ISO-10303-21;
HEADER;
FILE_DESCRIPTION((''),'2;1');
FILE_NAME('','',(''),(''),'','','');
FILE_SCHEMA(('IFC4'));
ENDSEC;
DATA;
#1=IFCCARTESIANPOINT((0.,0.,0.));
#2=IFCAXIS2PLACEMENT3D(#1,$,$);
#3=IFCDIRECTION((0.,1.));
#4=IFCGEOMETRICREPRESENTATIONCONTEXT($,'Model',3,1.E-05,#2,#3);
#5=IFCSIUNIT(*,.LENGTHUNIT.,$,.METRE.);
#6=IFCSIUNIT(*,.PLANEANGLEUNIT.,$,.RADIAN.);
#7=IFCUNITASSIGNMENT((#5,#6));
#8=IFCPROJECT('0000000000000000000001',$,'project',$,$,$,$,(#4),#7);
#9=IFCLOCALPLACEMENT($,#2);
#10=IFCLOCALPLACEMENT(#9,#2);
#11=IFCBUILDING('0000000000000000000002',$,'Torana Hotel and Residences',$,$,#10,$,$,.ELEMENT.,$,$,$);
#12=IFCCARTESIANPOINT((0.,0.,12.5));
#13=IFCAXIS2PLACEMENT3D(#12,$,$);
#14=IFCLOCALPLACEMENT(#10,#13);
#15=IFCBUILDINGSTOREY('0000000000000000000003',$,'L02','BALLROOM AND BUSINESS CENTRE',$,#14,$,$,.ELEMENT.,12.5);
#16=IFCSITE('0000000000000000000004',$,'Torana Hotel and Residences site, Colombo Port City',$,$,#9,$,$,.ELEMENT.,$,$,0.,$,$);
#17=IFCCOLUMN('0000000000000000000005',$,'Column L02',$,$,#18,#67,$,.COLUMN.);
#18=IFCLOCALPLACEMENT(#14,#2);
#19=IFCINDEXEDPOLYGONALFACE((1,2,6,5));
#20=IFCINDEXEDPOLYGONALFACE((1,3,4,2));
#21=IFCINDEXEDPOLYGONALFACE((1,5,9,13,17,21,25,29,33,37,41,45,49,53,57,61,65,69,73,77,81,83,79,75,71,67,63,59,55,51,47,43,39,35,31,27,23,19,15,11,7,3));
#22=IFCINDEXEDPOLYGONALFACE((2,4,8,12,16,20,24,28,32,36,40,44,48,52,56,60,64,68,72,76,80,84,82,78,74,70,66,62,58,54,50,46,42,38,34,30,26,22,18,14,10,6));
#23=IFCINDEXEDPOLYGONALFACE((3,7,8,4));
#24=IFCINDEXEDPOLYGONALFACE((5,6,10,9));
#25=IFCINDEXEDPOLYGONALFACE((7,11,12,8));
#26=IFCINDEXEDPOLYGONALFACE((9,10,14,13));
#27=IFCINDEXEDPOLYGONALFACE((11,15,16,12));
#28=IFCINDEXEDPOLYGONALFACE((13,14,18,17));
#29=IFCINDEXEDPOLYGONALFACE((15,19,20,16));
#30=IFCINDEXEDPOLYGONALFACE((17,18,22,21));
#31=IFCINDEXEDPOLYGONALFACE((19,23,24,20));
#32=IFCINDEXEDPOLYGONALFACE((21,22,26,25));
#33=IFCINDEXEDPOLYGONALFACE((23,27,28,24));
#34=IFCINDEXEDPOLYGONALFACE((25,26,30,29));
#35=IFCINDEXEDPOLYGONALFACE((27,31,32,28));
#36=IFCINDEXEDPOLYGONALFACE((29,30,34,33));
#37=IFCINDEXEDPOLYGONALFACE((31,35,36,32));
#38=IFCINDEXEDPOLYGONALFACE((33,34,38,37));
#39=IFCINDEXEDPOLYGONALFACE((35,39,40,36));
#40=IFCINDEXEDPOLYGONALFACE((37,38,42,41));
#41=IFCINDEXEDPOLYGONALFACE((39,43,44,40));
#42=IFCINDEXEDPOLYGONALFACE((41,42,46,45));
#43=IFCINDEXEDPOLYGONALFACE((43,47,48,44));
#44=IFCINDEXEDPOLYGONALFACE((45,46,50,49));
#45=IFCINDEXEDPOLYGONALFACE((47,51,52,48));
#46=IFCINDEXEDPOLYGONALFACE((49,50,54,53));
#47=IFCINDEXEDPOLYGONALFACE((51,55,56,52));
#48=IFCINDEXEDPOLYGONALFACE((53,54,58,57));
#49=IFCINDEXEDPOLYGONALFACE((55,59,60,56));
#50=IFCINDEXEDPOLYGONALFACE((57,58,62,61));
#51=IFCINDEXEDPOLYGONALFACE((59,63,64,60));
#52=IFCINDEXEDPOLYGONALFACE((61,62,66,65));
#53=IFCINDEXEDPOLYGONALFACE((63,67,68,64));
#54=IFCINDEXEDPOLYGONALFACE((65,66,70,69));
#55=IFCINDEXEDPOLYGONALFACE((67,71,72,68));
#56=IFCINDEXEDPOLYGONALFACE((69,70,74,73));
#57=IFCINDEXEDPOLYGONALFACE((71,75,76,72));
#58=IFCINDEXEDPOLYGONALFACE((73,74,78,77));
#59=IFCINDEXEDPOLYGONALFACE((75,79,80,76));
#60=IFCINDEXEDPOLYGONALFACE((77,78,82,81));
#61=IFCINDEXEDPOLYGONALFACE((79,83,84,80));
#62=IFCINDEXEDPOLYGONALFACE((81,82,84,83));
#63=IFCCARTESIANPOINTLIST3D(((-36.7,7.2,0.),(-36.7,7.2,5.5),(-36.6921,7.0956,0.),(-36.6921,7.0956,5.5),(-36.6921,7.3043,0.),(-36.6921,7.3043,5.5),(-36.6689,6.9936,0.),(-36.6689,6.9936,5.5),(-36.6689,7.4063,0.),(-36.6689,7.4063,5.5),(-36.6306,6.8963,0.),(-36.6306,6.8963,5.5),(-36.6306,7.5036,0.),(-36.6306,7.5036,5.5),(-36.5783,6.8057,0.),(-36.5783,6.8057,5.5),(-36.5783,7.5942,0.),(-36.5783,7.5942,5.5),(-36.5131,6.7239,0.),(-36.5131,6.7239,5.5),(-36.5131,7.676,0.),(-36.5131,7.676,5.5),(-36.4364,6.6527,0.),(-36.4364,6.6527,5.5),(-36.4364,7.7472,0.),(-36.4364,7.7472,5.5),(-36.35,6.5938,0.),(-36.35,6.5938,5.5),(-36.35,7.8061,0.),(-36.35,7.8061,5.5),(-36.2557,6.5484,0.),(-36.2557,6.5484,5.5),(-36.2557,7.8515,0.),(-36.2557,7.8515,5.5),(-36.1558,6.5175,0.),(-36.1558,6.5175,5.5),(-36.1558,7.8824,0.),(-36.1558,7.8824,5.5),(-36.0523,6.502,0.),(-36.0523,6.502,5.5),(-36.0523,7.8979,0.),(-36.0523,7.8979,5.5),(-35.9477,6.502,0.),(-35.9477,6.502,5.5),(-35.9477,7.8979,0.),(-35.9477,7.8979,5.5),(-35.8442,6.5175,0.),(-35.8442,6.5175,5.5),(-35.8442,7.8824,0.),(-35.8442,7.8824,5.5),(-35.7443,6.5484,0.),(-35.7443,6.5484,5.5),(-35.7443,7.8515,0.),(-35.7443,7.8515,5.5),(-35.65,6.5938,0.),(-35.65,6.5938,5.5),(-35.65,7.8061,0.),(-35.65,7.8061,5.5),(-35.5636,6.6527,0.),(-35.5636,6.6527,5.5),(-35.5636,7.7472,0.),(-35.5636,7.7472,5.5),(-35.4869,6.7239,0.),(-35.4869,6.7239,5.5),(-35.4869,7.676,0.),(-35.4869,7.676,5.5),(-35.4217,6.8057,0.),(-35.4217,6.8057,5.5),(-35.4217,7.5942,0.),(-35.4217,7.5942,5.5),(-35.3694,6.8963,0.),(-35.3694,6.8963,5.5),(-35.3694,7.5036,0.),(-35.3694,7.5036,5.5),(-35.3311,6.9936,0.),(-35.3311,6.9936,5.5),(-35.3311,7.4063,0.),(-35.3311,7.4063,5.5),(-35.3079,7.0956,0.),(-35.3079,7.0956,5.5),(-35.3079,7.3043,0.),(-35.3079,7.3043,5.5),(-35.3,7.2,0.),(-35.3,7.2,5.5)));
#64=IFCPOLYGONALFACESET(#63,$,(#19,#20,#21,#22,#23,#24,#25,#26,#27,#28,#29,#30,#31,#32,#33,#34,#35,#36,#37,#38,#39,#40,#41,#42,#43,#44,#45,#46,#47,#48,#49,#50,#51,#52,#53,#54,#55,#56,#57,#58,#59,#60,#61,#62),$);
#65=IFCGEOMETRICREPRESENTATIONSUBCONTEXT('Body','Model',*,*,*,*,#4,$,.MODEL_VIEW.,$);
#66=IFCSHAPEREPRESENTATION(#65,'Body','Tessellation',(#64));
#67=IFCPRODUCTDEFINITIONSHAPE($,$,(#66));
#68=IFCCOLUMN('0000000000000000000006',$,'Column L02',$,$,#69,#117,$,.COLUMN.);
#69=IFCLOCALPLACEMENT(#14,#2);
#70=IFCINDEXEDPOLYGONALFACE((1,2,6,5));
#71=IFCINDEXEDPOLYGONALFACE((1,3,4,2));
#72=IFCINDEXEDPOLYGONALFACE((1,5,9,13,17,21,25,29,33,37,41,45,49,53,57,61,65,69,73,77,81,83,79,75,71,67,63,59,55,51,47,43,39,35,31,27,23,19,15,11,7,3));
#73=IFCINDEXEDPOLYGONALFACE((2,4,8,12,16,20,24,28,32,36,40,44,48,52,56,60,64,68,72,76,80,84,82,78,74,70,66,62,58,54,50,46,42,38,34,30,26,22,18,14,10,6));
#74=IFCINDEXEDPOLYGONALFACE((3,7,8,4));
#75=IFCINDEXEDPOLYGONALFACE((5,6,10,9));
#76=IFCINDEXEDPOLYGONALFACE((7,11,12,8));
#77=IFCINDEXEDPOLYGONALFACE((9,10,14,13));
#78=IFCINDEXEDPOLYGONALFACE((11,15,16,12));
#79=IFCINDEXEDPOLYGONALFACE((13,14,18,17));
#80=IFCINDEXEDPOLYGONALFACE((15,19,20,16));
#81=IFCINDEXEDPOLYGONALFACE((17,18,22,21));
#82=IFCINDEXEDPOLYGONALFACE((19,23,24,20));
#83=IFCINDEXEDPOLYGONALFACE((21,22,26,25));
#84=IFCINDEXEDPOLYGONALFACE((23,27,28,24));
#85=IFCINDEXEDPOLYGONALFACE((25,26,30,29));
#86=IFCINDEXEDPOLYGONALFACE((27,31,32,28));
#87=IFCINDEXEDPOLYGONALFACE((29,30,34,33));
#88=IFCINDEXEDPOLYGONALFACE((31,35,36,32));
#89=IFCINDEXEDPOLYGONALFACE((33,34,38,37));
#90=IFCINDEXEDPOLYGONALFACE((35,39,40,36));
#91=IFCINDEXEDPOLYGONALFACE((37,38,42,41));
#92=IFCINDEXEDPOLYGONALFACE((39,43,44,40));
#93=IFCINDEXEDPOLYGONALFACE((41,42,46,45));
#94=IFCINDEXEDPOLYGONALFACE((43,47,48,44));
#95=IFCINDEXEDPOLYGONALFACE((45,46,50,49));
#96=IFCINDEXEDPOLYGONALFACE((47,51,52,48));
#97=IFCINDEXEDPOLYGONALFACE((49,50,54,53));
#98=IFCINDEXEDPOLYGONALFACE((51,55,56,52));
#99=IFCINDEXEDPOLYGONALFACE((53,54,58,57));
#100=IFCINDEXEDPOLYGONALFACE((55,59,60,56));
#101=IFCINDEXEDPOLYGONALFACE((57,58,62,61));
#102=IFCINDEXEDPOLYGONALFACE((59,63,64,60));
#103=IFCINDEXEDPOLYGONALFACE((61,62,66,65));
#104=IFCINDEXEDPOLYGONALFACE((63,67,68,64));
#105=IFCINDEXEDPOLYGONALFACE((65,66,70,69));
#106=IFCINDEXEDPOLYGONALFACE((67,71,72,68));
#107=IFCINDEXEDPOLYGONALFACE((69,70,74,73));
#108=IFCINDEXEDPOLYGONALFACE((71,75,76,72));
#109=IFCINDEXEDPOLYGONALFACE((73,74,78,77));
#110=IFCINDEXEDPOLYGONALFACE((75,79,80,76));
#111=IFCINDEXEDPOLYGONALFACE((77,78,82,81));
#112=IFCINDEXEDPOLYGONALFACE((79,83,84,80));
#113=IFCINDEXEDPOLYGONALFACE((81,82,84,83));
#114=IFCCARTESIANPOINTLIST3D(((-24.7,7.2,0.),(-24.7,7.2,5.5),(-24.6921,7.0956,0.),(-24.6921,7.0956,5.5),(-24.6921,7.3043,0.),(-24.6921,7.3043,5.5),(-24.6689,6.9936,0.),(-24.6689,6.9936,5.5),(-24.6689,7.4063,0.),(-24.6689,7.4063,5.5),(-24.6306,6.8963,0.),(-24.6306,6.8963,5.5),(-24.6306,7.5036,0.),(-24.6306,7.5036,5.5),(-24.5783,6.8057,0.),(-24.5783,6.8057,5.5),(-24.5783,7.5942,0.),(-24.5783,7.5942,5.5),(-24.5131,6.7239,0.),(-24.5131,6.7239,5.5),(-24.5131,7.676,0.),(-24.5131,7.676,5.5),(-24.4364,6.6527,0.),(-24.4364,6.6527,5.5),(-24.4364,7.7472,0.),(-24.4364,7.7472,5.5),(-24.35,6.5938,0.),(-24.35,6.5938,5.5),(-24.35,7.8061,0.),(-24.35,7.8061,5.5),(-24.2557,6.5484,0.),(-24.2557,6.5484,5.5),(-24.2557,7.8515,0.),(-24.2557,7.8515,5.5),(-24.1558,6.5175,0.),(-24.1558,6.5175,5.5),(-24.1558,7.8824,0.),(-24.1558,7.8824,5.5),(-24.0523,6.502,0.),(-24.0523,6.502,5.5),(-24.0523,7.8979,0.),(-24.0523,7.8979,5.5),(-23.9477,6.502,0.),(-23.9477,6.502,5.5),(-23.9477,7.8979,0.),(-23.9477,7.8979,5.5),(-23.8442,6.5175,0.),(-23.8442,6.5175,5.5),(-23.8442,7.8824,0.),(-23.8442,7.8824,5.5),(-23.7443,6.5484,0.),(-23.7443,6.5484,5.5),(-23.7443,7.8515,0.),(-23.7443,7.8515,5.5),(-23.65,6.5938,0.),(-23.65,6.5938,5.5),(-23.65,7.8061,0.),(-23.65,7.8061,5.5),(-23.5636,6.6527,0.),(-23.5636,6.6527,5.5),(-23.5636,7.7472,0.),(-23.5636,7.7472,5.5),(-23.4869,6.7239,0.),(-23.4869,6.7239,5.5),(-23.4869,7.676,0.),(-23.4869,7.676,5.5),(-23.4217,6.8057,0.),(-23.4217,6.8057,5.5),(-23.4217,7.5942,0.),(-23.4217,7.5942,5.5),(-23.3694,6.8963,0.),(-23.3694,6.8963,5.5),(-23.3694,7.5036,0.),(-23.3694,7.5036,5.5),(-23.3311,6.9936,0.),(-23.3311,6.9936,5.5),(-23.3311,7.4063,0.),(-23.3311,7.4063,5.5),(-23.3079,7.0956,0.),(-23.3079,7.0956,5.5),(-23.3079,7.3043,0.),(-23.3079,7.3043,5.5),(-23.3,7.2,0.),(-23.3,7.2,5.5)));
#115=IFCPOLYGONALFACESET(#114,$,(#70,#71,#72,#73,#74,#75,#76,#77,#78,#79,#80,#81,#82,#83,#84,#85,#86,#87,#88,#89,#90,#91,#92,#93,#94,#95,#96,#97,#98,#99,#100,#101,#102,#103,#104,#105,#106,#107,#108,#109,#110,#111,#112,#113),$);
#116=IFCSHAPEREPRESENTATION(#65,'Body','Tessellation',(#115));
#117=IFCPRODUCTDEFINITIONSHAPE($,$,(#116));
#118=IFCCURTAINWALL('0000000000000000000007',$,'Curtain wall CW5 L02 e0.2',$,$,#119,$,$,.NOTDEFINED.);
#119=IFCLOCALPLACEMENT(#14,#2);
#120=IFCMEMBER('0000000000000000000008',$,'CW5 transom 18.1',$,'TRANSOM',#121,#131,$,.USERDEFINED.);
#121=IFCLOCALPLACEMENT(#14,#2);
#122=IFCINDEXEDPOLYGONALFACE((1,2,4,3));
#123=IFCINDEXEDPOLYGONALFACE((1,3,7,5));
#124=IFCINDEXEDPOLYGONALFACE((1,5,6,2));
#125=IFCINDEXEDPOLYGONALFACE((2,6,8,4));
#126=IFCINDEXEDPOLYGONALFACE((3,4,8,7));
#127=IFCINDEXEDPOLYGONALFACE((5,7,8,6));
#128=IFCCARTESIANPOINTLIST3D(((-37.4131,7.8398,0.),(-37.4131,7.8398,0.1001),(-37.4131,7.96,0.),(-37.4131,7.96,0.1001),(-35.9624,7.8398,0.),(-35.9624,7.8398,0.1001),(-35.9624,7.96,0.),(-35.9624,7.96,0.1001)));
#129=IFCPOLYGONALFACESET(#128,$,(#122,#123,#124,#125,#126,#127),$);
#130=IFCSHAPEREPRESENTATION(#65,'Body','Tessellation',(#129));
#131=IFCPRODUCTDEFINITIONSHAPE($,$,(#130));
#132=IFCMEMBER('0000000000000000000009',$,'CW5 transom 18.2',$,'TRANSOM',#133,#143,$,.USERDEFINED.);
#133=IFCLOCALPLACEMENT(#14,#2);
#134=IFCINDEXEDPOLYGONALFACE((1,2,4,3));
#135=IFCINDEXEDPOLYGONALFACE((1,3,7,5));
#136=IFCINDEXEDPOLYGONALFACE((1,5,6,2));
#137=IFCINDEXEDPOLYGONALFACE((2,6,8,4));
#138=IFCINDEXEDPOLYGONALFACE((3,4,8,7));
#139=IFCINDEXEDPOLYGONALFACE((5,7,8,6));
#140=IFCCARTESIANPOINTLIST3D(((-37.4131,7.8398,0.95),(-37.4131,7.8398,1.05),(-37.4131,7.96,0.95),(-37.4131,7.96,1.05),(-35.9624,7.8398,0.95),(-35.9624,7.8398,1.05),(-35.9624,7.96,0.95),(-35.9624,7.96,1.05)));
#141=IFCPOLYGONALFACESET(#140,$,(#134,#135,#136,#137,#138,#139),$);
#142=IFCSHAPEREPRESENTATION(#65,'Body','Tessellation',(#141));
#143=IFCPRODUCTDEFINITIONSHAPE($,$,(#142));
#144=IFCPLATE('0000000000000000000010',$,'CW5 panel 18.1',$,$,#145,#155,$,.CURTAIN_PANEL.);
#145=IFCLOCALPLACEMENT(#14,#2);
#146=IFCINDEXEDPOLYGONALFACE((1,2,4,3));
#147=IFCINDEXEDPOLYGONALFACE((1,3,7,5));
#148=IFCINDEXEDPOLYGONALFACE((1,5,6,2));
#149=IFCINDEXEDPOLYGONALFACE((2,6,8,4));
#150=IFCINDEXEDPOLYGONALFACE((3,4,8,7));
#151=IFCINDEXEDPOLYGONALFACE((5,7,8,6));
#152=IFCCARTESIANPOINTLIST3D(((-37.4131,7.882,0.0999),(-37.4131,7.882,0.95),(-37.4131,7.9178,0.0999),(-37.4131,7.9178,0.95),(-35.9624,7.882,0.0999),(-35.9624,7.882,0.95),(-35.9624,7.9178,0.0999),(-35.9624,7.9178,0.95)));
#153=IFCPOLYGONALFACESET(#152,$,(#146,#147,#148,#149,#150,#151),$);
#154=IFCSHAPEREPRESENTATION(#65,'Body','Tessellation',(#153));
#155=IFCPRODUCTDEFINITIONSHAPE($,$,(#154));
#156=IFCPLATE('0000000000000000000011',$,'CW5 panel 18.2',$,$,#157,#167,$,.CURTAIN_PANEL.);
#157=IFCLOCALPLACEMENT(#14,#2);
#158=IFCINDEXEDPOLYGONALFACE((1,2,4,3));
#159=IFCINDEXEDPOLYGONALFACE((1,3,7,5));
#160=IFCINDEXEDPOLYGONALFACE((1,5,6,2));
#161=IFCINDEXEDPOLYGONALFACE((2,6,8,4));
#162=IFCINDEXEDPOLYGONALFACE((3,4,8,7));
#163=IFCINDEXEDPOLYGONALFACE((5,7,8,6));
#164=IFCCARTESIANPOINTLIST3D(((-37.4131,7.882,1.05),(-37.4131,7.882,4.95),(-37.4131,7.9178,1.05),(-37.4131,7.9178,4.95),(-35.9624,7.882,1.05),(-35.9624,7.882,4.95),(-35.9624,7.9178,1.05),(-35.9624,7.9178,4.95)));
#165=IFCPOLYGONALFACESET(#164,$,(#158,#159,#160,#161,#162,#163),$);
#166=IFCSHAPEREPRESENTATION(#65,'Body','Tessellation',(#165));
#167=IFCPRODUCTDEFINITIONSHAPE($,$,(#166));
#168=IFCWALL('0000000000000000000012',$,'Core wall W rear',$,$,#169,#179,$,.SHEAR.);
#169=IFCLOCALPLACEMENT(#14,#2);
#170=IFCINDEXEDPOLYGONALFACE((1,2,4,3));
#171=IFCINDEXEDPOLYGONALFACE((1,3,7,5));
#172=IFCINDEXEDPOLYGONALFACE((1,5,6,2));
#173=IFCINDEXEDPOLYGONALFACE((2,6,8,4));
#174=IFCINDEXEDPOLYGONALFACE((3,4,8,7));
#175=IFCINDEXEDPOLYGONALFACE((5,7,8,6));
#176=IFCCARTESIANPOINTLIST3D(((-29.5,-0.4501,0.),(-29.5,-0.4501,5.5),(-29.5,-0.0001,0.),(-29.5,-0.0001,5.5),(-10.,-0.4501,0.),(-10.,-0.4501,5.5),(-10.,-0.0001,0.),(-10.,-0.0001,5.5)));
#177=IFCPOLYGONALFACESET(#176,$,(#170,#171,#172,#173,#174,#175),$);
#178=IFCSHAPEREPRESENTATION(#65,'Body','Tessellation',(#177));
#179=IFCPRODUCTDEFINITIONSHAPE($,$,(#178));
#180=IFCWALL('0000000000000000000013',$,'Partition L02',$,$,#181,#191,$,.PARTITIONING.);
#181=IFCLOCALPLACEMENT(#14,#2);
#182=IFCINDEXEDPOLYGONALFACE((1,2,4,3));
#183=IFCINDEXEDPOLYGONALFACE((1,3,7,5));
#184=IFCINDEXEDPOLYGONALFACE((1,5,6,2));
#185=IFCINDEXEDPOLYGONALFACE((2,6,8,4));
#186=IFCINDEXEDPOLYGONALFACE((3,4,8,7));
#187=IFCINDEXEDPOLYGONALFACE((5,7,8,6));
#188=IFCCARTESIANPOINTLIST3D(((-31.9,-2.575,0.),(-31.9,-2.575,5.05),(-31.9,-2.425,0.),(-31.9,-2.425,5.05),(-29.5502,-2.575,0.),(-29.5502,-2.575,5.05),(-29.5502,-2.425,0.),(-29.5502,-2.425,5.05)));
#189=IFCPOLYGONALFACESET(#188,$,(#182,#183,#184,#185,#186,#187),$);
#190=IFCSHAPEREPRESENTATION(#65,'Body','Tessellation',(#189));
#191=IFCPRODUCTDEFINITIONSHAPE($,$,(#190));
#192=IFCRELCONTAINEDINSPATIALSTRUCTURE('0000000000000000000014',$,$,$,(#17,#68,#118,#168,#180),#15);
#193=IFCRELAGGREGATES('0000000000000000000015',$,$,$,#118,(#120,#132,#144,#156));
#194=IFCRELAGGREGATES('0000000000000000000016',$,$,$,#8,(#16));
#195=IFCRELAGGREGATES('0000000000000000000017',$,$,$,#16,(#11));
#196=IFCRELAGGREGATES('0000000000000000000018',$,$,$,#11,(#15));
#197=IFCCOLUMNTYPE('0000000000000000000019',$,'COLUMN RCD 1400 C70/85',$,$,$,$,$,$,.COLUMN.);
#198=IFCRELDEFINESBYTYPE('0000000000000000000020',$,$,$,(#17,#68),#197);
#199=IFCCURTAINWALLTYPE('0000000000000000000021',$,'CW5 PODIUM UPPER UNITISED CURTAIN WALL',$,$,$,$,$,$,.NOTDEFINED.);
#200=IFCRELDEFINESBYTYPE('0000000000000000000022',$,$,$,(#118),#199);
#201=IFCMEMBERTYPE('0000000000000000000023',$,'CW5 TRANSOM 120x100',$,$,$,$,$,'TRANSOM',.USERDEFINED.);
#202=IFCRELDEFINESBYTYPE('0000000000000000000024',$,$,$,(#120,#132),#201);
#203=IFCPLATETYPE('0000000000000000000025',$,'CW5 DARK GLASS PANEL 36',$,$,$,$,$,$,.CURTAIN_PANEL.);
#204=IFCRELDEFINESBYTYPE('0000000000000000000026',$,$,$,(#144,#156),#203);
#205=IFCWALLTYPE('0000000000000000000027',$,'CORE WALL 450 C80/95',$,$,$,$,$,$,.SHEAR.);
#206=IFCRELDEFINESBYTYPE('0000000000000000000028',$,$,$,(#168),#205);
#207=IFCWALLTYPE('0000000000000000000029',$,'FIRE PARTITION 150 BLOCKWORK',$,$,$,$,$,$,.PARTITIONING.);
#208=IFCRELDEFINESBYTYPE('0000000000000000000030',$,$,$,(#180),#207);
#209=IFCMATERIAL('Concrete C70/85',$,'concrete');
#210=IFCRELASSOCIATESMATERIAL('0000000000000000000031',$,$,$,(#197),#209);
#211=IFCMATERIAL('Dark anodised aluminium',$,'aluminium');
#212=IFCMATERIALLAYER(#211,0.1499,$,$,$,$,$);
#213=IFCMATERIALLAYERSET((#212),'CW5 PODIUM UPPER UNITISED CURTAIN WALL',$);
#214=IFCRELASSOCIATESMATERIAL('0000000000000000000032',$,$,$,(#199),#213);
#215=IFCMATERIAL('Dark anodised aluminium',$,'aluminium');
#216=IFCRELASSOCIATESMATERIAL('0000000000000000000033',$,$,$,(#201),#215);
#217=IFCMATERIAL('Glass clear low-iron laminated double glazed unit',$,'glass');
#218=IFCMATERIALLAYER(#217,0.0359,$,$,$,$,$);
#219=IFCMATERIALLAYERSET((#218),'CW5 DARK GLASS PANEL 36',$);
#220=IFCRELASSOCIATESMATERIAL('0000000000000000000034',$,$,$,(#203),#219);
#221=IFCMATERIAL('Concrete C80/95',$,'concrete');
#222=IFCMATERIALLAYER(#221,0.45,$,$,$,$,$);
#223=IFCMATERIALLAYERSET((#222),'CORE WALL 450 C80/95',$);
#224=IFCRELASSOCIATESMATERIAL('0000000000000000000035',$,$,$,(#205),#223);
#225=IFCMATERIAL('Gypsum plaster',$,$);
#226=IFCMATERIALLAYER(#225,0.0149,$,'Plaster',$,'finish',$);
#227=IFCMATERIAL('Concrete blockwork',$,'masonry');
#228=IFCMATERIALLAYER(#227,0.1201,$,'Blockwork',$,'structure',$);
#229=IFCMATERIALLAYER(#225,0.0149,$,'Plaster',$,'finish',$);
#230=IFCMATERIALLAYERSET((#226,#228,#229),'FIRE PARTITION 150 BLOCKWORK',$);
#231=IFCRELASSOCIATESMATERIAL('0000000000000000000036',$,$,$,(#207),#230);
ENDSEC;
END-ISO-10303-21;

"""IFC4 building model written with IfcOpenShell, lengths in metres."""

from ifc_helpers import new_model, si_unit, direction, frame, frame_2d, origin, origin_2d, place, context, subcontext, project, spatial, rectangle, circle, extrude, material, layer, layer_set, material_profile, profile_set, type_object, element, aggregate, save


model = new_model("IFC4")

# Units and contexts
model_context = context("Model", 3, precision=1e-05, world=origin(), true_north=direction((0.0, 1.0)))
body_context = subcontext(model_context, "Body", "Model", "MODEL_VIEW")
ifc_project = project(units=[si_unit("LENGTHUNIT", "METRE"), si_unit("PLANEANGLEUNIT", "RADIAN")], contexts=[model_context])

# Site, building, storey
site_placement = place(None, origin())
site = spatial("IfcSite", under=ifc_project, at=site_placement, Name="Torana Hotel and Residences site, Colombo Port City", CompositionType="ELEMENT", RefElevation=0.0)
building_placement = place(site_placement, origin())
building = spatial("IfcBuilding", under=site, at=building_placement, Name="Torana Hotel and Residences", CompositionType="ELEMENT")
storey_placement = place(building_placement, frame((0.0, 0.0, 12.5)))
storey = spatial("IfcBuildingStorey", under=building, at=storey_placement, Name="L02", Description="BALLROOM AND BUSINESS CENTRE", CompositionType="ELEMENT", Elevation=12.5)

# Columns
ifc_material_1 = material(Name="Concrete C70/85", Category="concrete")
ifc_material_profile_1 = material_profile(ifc_material_1, circle(Radius=0.7, at=origin_2d()), Name="RCD 1400")
ifc_profile_set_1 = profile_set([ifc_material_profile_1], Name="Concrete C70/85")
column_type = type_object("IfcColumnType", Name="COLUMN RCD 1400 C70/85", PredefinedType="COLUMN", material=ifc_profile_set_1)
for number, where, z_axis, x_axis, name in (
    (1, (-36.0, 7.2, 0.0), (0.0, 0.0, 1.0), (1.0, 0.0, 0.0), "Column L02"),
    (2, (-24.0, 7.2, 0.0), (0.0, 0.0, 1.0), (1.0, 0.0, 0.0), "Column L02"),
):
    element("IfcColumn", number, at=place(storey_placement, frame(where, z_axis=z_axis, x_axis=x_axis)), inside=storey, type_object=column_type, Name=name, PredefinedType="COLUMN", context=body_context, shape_type="SweptSolid", body=[
        extrude(circle(Radius=0.7, at=origin_2d()), origin(), (0.0, 0.0, 1.0), 5.5),
    ])

# Curtain wall, members, plates
ifc_material_2 = material(Name="Dark anodised aluminium", Category="aluminium")
ifc_layer_1 = layer(ifc_material_2, 0.1499)
ifc_layer_set_1 = layer_set([ifc_layer_1], Name="CW5 PODIUM UPPER UNITISED CURTAIN WALL")
curtain_wall_type = type_object("IfcCurtainWallType", Name="CW5 PODIUM UPPER UNITISED CURTAIN WALL", PredefinedType="NOTDEFINED", material=ifc_layer_set_1)
curtain_wall_placement = place(storey_placement, origin())
curtain_wall = element("IfcCurtainWall", 3, at=curtain_wall_placement, inside=storey, type_object=curtain_wall_type, Name="Curtain wall CW5 L02 e0.2", PredefinedType="NOTDEFINED")
ifc_material_3 = material(Name="Dark anodised aluminium", Category="aluminium")
ifc_material_profile_2 = material_profile(ifc_material_3, rectangle(XDim=0.1201, YDim=0.1001, at=origin_2d()), Name="CW5 TRANSOM 120x100")
ifc_profile_set_2 = profile_set([ifc_material_profile_2], Name="Dark anodised aluminium")
member_type = type_object("IfcMemberType", Name="CW5 TRANSOM 120x100", ElementType="TRANSOM", PredefinedType="USERDEFINED", material=ifc_profile_set_2)
member_1_placement = place(storey_placement, frame((-35.9624, 7.8999, 0.05), z_axis=(-1.0, 0.0, 0.0), x_axis=(0.0, -1.0, 0.0)))
member_1 = element("IfcMember", 4, at=member_1_placement, type_object=member_type, Name="CW5 transom 18.1", ObjectType="TRANSOM", PredefinedType="USERDEFINED", context=body_context, shape_type="SweptSolid", body=[
    extrude(rectangle(XDim=0.1201, YDim=0.1001, at=origin_2d()), origin(), (0.0, 0.0, 1.0), 1.4507),
])
member_2_placement = place(storey_placement, frame((-35.9624, 7.8999, 1.0), z_axis=(-1.0, 0.0, 0.0), x_axis=(0.0, -1.0, 0.0)))
member_2 = element("IfcMember", 5, at=member_2_placement, type_object=member_type, Name="CW5 transom 18.2", ObjectType="TRANSOM", PredefinedType="USERDEFINED", context=body_context, shape_type="SweptSolid", body=[
    extrude(rectangle(XDim=0.1201, YDim=0.1001, at=origin_2d()), origin(), (0.0, 0.0, 1.0), 1.4507),
])
ifc_material_4 = material(Name="Glass clear low-iron laminated double glazed unit", Category="glass")
ifc_layer_2 = layer(ifc_material_4, 0.0359)
ifc_layer_set_2 = layer_set([ifc_layer_2], Name="CW5 DARK GLASS PANEL 36")
plate_type = type_object("IfcPlateType", Name="CW5 DARK GLASS PANEL 36", PredefinedType="CURTAIN_PANEL", material=ifc_layer_set_2)
plate_1_placement = place(storey_placement, frame((-36.6877, 7.8999, 0.0999), z_axis=(0.0, 0.0, 1.0), x_axis=(-1.0, 0.0, 0.0)))
plate_1 = element("IfcPlate", 6, at=plate_1_placement, type_object=plate_type, Name="CW5 panel 18.1", PredefinedType="CURTAIN_PANEL", context=body_context, shape_type="SweptSolid", body=[
    extrude(rectangle(XDim=1.4507, YDim=0.0359, at=origin_2d()), origin(), (0.0, 0.0, 1.0), 0.8501),
])
plate_2_placement = place(storey_placement, frame((-36.6877, 7.8999, 1.05), z_axis=(0.0, 0.0, 1.0), x_axis=(-1.0, 0.0, 0.0)))
plate_2 = element("IfcPlate", 7, at=plate_2_placement, type_object=plate_type, Name="CW5 panel 18.2", PredefinedType="CURTAIN_PANEL", context=body_context, shape_type="SweptSolid", body=[
    extrude(rectangle(XDim=1.4507, YDim=0.0359, at=origin_2d()), origin(), (0.0, 0.0, 1.0), 3.8999),
])
aggregate(curtain_wall, [member_1, member_2, plate_1, plate_2])

# Walls
ifc_material_5 = material(Name="Concrete C80/95", Category="concrete")
ifc_layer_3 = layer(ifc_material_5, 0.45)
ifc_layer_set_3 = layer_set([ifc_layer_3], Name="CORE WALL 450 C80/95")
wall_type_1 = type_object("IfcWallType", Name="CORE WALL 450 C80/95", PredefinedType="SHEAR", material=ifc_layer_set_3)
wall_1_placement = place(storey_placement, frame((-29.5, -0.2251, 0.0), z_axis=(0.0, 0.0, 1.0), x_axis=(1.0, 0.0, 0.0)))
element("IfcWall", 8, at=wall_1_placement, inside=storey, type_object=wall_type_1, Name="Core wall W rear", PredefinedType="SHEAR", context=body_context, shape_type="SweptSolid", body=[
    extrude(rectangle(XDim=19.5, YDim=0.45, at=frame_2d((9.75, 0.0))), origin(), (0.0, 0.0, 1.0), 5.5),
])
ifc_material_6 = material(Name="Gypsum plaster")
ifc_layer_4 = layer(ifc_material_6, 0.0149, Name="Plaster", Category="finish")
ifc_material_7 = material(Name="Concrete blockwork", Category="masonry")
ifc_layer_5 = layer(ifc_material_7, 0.1201, Name="Blockwork", Category="structure")
ifc_layer_6 = layer(ifc_material_6, 0.0149, Name="Plaster", Category="finish")
ifc_layer_set_4 = layer_set([ifc_layer_4, ifc_layer_5, ifc_layer_6], Name="FIRE PARTITION 150 BLOCKWORK")
wall_type_2 = type_object("IfcWallType", Name="FIRE PARTITION 150 BLOCKWORK", PredefinedType="PARTITIONING", material=ifc_layer_set_4)
wall_2_placement = place(storey_placement, frame((-31.8999, -2.5, 0.0), z_axis=(0.0, 0.0, 1.0), x_axis=(1.0, 0.0, 0.0)))
element("IfcWall", 9, at=wall_2_placement, inside=storey, type_object=wall_type_2, Name="Partition L02", PredefinedType="PARTITIONING", context=body_context, shape_type="SweptSolid", body=[
    extrude(rectangle(XDim=2.3499, YDim=0.1499, at=frame_2d((1.1748, 0.0))), origin(), (0.0, 0.0, 1.0), 5.05),
])

save(model, "model.ifc")
